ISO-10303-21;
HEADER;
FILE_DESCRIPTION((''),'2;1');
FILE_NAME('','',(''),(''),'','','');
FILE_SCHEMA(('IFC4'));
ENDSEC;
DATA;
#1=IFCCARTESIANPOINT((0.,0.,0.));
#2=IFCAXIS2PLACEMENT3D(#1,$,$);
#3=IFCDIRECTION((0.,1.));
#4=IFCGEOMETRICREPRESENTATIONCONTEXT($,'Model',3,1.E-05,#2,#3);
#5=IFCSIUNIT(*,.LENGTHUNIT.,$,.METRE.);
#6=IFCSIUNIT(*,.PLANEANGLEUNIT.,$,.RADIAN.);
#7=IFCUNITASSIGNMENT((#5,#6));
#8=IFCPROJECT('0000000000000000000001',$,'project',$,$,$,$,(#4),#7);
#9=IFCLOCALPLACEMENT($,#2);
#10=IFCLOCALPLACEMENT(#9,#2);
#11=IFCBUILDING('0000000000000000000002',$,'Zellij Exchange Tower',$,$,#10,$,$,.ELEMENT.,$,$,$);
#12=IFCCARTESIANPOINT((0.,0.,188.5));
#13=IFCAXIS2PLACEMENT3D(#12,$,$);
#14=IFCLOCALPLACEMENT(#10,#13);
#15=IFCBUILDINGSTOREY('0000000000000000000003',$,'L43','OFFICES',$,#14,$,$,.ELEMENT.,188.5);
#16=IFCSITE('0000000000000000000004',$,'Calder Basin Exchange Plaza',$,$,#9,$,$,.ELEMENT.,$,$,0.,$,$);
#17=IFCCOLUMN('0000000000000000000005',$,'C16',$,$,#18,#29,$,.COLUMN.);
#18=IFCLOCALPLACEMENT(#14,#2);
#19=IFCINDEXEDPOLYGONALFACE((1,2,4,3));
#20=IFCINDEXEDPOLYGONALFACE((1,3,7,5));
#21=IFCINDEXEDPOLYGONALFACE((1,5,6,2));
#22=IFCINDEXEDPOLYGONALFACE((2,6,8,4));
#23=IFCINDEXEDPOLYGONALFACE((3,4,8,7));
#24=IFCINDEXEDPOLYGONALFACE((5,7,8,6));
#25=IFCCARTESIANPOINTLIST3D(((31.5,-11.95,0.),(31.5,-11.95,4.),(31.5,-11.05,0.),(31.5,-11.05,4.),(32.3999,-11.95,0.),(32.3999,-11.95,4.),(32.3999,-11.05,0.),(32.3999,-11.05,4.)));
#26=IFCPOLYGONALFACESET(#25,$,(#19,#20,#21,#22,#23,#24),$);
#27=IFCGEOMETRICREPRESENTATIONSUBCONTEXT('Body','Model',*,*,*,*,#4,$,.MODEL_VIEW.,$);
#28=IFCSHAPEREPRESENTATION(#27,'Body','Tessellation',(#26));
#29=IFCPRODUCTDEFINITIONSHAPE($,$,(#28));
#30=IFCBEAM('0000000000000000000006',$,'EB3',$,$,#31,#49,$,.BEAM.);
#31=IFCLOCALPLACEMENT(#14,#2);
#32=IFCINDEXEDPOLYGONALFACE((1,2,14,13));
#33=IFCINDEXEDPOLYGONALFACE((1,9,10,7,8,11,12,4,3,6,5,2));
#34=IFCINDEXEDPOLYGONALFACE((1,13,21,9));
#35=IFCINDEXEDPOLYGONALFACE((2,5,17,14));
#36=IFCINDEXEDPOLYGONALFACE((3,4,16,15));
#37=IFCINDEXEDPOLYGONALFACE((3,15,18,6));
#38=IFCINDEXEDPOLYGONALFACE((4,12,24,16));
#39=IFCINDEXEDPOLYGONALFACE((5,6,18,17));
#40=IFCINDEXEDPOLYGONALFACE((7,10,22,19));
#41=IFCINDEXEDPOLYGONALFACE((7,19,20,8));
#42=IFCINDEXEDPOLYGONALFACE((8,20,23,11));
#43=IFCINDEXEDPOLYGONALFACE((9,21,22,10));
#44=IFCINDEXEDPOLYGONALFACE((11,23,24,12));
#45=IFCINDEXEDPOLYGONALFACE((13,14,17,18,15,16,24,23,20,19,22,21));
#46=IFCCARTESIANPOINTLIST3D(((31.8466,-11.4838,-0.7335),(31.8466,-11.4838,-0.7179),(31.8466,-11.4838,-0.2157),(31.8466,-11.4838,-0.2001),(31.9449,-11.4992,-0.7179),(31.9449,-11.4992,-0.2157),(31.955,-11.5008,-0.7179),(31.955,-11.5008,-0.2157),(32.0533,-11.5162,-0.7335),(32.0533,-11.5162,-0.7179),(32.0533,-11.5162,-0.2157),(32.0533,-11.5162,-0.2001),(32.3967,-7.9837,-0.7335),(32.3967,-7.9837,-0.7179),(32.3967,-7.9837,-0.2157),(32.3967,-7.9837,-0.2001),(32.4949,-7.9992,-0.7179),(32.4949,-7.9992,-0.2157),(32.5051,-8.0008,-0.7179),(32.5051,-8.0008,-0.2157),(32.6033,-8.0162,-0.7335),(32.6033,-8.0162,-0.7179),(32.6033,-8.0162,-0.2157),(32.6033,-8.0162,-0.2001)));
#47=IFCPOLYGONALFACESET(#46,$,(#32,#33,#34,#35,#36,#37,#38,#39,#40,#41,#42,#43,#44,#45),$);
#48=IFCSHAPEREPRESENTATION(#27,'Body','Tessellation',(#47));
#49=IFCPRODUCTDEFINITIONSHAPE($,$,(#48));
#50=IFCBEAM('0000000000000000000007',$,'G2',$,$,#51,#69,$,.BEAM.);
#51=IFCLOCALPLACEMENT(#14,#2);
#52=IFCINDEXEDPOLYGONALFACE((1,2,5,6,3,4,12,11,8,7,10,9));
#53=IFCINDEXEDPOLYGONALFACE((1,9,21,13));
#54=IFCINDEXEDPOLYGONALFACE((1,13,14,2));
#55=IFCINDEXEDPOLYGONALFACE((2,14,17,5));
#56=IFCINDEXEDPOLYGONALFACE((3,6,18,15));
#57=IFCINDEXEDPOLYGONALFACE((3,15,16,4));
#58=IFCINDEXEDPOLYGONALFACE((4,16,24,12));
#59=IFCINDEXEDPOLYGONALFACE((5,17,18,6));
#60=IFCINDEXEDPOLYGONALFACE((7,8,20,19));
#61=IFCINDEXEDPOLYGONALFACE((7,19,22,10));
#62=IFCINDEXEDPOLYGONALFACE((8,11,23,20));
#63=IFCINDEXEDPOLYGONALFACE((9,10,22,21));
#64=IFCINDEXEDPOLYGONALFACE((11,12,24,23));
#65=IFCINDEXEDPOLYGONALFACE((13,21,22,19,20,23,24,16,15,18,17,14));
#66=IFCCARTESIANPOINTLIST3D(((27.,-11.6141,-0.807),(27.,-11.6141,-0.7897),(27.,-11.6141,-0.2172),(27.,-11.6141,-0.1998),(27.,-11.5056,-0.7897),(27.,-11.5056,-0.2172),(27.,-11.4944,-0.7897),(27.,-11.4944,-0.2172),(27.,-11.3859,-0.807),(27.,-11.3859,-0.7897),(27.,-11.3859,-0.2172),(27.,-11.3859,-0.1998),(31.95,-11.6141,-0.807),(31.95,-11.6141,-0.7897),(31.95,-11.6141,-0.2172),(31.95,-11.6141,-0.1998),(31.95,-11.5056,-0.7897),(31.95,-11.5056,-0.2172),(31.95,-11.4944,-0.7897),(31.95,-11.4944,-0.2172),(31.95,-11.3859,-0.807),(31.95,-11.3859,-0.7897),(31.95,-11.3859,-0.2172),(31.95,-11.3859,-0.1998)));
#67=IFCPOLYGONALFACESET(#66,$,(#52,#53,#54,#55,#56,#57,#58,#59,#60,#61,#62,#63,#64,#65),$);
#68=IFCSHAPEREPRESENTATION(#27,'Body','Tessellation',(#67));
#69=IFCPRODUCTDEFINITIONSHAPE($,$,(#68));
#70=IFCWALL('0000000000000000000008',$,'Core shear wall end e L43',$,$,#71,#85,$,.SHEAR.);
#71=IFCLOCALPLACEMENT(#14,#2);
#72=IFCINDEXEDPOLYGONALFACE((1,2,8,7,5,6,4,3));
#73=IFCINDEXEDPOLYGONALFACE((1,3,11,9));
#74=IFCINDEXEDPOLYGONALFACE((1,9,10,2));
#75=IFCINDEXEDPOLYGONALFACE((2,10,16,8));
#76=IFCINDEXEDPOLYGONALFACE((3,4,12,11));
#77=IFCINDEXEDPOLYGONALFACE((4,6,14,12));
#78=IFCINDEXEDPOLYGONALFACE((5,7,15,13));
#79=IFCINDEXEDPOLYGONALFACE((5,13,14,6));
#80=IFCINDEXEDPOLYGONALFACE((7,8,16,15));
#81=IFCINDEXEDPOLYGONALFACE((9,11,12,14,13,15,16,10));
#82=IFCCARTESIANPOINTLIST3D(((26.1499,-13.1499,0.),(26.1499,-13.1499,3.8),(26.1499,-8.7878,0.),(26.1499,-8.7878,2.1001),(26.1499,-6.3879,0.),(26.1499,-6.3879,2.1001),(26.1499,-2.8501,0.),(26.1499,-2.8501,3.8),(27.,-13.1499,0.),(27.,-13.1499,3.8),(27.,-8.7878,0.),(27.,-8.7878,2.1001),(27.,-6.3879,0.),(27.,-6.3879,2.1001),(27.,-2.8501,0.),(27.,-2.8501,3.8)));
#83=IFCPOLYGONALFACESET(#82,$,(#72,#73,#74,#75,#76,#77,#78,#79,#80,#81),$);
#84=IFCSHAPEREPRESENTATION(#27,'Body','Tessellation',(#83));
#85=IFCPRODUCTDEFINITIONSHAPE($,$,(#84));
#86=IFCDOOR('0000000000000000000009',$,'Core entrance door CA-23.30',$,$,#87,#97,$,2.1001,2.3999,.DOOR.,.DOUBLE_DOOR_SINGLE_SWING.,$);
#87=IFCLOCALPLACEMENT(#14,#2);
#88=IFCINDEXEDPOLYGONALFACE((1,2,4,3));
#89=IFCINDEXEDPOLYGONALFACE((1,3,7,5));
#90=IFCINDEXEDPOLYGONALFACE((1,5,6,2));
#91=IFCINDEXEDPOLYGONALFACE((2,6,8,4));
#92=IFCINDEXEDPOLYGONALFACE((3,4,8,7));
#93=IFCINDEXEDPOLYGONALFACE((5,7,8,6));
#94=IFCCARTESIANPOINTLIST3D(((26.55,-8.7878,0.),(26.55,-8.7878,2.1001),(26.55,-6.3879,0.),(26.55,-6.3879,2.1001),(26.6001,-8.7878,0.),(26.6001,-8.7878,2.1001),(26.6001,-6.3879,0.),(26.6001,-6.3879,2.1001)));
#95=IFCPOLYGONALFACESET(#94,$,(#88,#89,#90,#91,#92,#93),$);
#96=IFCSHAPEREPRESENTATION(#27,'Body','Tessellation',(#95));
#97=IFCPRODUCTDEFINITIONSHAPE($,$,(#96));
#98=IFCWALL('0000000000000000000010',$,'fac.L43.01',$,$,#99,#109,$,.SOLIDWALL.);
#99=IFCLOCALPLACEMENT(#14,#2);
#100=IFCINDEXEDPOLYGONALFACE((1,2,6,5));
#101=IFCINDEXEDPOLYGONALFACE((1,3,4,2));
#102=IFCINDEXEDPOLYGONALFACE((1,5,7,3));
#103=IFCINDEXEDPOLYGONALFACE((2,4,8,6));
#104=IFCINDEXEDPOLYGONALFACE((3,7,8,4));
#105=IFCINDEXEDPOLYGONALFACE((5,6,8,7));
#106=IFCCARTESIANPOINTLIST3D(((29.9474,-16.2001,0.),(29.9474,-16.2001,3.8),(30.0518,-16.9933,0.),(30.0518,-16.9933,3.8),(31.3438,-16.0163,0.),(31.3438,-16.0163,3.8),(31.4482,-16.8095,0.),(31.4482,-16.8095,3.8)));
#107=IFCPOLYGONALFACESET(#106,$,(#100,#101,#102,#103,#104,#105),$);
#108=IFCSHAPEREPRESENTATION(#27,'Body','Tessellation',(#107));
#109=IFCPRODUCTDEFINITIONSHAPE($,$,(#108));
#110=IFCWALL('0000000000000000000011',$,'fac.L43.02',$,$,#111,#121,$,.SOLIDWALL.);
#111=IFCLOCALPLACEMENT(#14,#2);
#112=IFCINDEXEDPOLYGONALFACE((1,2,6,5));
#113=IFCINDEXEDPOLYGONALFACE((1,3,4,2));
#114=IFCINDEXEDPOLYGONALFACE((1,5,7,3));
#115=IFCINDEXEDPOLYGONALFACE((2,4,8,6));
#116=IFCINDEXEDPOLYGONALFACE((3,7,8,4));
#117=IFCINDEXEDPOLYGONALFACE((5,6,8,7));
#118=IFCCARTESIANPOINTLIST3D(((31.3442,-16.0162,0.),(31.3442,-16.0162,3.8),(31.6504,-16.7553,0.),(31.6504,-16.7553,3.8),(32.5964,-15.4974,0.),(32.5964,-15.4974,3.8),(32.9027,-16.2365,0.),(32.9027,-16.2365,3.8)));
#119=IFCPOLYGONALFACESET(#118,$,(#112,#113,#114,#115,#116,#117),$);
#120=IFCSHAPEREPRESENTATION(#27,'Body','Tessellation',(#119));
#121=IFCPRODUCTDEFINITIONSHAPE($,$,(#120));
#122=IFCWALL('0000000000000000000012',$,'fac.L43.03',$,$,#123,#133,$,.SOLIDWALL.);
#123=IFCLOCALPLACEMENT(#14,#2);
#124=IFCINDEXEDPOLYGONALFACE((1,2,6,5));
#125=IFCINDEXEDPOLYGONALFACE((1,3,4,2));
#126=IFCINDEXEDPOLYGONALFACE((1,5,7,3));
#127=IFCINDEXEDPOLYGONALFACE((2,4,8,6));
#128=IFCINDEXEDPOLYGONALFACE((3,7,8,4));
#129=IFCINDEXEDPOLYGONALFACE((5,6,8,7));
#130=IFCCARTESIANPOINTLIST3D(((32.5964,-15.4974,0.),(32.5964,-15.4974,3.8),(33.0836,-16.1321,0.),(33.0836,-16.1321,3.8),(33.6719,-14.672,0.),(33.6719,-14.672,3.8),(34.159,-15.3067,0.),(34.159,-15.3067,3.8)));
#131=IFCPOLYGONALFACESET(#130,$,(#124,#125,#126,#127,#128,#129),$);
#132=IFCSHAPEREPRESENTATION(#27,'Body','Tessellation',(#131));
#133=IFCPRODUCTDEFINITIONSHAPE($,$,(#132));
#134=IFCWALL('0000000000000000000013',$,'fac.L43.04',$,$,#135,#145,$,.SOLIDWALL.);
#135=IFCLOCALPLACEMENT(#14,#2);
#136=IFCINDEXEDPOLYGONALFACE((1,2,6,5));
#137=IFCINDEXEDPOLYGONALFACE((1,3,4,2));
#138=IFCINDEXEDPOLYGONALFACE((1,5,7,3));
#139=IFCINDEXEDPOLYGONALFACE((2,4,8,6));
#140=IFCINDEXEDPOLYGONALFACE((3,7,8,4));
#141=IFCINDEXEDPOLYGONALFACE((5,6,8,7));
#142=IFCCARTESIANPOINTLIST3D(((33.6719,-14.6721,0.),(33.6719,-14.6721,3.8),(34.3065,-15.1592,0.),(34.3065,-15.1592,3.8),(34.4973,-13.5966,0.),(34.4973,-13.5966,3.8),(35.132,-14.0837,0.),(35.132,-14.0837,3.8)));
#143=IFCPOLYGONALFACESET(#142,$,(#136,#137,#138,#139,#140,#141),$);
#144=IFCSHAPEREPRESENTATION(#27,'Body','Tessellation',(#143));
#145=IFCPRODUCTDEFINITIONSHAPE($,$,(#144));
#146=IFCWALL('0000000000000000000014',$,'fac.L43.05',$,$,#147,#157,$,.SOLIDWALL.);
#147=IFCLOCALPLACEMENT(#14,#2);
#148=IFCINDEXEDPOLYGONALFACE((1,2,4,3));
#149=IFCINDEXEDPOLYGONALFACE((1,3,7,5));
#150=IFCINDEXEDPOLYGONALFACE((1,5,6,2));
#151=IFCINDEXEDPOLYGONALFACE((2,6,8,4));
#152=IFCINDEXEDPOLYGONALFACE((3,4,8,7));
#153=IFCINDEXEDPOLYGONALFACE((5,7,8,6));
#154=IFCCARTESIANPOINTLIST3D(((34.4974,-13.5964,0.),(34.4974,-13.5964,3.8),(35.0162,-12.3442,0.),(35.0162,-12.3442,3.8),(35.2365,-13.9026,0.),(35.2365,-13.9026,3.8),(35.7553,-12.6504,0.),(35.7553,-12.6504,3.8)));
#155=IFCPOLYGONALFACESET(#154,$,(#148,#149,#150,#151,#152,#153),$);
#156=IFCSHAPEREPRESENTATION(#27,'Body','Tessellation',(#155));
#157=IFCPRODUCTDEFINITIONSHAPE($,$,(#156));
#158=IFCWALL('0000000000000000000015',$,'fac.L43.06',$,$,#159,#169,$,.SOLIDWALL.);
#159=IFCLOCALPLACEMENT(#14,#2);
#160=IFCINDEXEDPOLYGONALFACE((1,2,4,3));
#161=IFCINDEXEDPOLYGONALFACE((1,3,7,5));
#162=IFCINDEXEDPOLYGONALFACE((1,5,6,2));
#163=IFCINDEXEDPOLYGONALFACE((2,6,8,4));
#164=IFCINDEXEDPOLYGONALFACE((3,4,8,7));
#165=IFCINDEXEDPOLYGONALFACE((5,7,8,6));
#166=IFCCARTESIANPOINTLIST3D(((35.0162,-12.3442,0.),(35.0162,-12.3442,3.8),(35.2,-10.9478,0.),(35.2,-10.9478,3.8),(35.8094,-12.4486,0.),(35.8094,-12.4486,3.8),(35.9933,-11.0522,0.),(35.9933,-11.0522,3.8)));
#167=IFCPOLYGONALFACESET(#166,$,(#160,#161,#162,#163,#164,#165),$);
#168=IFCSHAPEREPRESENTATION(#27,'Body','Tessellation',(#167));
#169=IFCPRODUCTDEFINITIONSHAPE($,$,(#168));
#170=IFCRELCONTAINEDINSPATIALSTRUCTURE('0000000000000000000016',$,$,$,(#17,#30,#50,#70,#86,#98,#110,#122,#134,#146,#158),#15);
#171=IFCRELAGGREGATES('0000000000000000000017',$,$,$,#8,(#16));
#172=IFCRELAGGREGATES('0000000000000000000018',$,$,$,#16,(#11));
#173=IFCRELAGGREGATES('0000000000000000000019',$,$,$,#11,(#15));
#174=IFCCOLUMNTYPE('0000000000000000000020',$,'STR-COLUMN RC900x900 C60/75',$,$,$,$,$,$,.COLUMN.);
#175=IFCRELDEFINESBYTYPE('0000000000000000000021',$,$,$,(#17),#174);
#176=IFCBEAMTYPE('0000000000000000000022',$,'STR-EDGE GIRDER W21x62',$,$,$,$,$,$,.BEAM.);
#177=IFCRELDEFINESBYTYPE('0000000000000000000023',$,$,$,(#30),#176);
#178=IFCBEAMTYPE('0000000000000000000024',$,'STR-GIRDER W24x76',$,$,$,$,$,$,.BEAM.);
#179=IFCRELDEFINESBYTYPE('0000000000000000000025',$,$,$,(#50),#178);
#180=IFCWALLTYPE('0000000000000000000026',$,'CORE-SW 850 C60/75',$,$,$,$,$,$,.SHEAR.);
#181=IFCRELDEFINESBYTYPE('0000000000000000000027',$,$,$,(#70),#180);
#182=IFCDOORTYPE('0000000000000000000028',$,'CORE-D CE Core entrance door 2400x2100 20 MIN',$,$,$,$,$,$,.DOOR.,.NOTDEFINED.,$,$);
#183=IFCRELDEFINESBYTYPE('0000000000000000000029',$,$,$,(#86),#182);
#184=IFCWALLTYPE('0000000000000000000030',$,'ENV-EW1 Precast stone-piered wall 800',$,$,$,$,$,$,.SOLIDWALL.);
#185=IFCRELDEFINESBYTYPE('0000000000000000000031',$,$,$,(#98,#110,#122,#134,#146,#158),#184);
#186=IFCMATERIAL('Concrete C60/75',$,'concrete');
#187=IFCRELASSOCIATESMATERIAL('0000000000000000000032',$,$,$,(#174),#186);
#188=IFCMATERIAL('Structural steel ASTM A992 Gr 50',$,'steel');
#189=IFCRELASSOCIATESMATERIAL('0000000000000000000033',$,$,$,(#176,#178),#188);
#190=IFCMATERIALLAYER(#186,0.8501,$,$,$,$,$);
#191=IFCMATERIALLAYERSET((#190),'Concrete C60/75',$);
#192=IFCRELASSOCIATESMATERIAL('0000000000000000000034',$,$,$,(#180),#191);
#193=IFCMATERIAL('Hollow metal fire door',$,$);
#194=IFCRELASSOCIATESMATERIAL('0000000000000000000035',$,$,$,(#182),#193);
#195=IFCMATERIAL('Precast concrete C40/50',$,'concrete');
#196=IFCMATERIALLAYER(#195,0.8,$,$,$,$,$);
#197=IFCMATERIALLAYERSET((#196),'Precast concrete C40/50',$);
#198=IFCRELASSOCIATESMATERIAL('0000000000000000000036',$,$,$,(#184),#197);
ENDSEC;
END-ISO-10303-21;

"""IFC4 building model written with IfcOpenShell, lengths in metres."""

from ifc_helpers import new_model, si_unit, direction, frame, frame_2d, origin, origin_2d, place, context, subcontext, project, spatial, rectangle, i_section, extrude, material, layer, layer_set, material_profile, profile_set, type_object, element, fill, save


model = new_model("IFC4")

# Units and contexts
model_context = context("Model", 3, precision=1e-05, world=origin(), true_north=direction((0.0, 1.0)))
body_context = subcontext(model_context, "Body", "Model", "MODEL_VIEW")
ifc_project = project(units=[si_unit("LENGTHUNIT", "METRE"), si_unit("PLANEANGLEUNIT", "RADIAN")], contexts=[model_context])

# Site, building, storey
site_placement = place(None, origin())
site = spatial("IfcSite", under=ifc_project, at=site_placement, Name="Calder Basin Exchange Plaza", CompositionType="ELEMENT", RefElevation=0.0)
building_placement = place(site_placement, origin())
building = spatial("IfcBuilding", under=site, at=building_placement, Name="Zellij Exchange Tower", CompositionType="ELEMENT")
storey_placement = place(building_placement, frame((0.0, 0.0, 188.5)))
storey = spatial("IfcBuildingStorey", under=building, at=storey_placement, Name="L43", Description="OFFICES", CompositionType="ELEMENT", Elevation=188.5)

# Column
ifc_material_1 = material(Name="Concrete C60/75", Category="concrete")
ifc_material_profile_1 = material_profile(ifc_material_1, rectangle(XDim=0.8999, YDim=0.8999, at=origin_2d()), Name="STR-COLUMN RC900x900 C60/75")
ifc_profile_set_1 = profile_set([ifc_material_profile_1], Name="Concrete C60/75")
column_type = type_object("IfcColumnType", Name="STR-COLUMN RC900x900 C60/75", PredefinedType="COLUMN", material=ifc_profile_set_1)
column_placement = place(storey_placement, frame((31.95, -11.5, 0.0), z_axis=(0.0, 0.0, 1.0), x_axis=(1.0, 0.0, 0.0)))
element("IfcColumn", 1, at=column_placement, inside=storey, type_object=column_type, Name="C16", PredefinedType="COLUMN", context=body_context, shape_type="SweptSolid", body=[
    extrude(rectangle(XDim=0.8999, YDim=0.8999, at=origin_2d()), origin(), (0.0, 0.0, 1.0), 4.0),
])

# Beams
ifc_material_2 = material(Name="Structural steel ASTM A992 Gr 50", Category="steel")
ifc_material_profile_2 = material_profile(ifc_material_2, i_section(OverallWidth=0.2092, OverallDepth=0.5334, WebThickness=0.0103, FlangeThickness=0.0156, at=origin_2d()), Name="W21x62")
ifc_profile_set_2 = profile_set([ifc_material_profile_2], Name="Structural steel ASTM A992 Gr 50")
beam_type_1 = type_object("IfcBeamType", Name="STR-EDGE GIRDER W21x62", PredefinedType="BEAM", material=ifc_profile_set_2)
beam_1_placement = place(storey_placement, frame((31.95, -11.5, -0.4668), z_axis=(0.155251, 0.987875, 0.0), x_axis=(-0.987875, 0.155251, 0.0)))
element("IfcBeam", 2, at=beam_1_placement, inside=storey, type_object=beam_type_1, Name="EB3", PredefinedType="BEAM", context=body_context, shape_type="SweptSolid", body=[
    extrude(i_section(OverallWidth=0.2092, OverallDepth=0.5334, WebThickness=0.0103, FlangeThickness=0.0156, at=origin_2d()), origin(), (0.0, 0.0, 1.0), 3.543),
])
ifc_material_profile_3 = material_profile(ifc_material_2, i_section(OverallWidth=0.2283, OverallDepth=0.6072, WebThickness=0.0112, FlangeThickness=0.0173, at=origin_2d()), Name="W24x76")
ifc_profile_set_3 = profile_set([ifc_material_profile_3], Name="Structural steel ASTM A992 Gr 50")
beam_type_2 = type_object("IfcBeamType", Name="STR-GIRDER W24x76", PredefinedType="BEAM", material=ifc_profile_set_3)
beam_2_placement = place(storey_placement, frame((27.0, -11.5, -0.5034), z_axis=(1.0, 0.0, 0.0), x_axis=(0.0, 1.0, 0.0)))
element("IfcBeam", 3, at=beam_2_placement, inside=storey, type_object=beam_type_2, Name="G2", PredefinedType="BEAM", context=body_context, shape_type="SweptSolid", body=[
    extrude(i_section(OverallWidth=0.2283, OverallDepth=0.6072, WebThickness=0.0112, FlangeThickness=0.0173, at=origin_2d()), origin(), (0.0, 0.0, 1.0), 4.95),
])

# Wall, opening, door
ifc_layer_1 = layer(ifc_material_1, 0.8501)
ifc_layer_set_1 = layer_set([ifc_layer_1], Name="Concrete C60/75")
wall_type_1 = type_object("IfcWallType", Name="CORE-SW 850 C60/75", PredefinedType="SHEAR", material=ifc_layer_set_1)
wall_1_placement = place(storey_placement, frame((26.575, -13.1499, 0.0), z_axis=(0.0, 0.0, 1.0), x_axis=(0.0, 1.0, 0.0)))
wall_1 = element("IfcWall", 4, at=wall_1_placement, inside=storey, type_object=wall_type_1, Name="Core shear wall end e L43", PredefinedType="SHEAR", context=body_context, shape_type="SweptSolid", body=[
    extrude(rectangle(XDim=10.2998, YDim=0.8501, at=frame_2d((5.1499, 0.0))), origin(), (0.0, 0.0, 1.0), 3.8),
])
opening_1_placement = place(wall_1_placement, frame((4.3621, 0.0, 0.0)))
opening_1 = element("IfcOpeningElement", 5, at=opening_1_placement, cuts=wall_1, PredefinedType="OPENING", context=body_context, shape_type="SweptSolid", body=[
    extrude(rectangle(XDim=2.3999, YDim=2.1001, at=frame_2d((1.2, 1.05))), frame((0.0, 0.437, 0.0), z_axis=(0.0, -1.0, 0.0), x_axis=(1.0, 0.0, 0.0)), (0.0, 0.0, 1.0), 0.874),
])
ifc_material_3 = material(Name="Hollow metal fire door")
door_type_1 = type_object("IfcDoorType", Name="CORE-D CE Core entrance door 2400x2100 20 MIN", OperationType="NOTDEFINED", PredefinedType="DOOR", material=ifc_material_3)
door_1_placement = place(opening_1_placement, origin())
door_1 = element("IfcDoor", 6, at=door_1_placement, inside=storey, type_object=door_type_1, Name="Core entrance door CA-23.30", OperationType="DOUBLE_DOOR_SINGLE_SWING", OverallHeight=2.1001, OverallWidth=2.3999, PredefinedType="DOOR", context=body_context, shape_type="SweptSolid", body=[
    extrude(rectangle(XDim=2.3999, YDim=2.1001, at=frame_2d((1.2, 1.05))), frame((0.0, 0.0249, 0.0), z_axis=(0.0, -1.0, 0.0), x_axis=(1.0, 0.0, 0.0)), (0.0, 0.0, 1.0), 0.05),
])
fill(opening_1, door_1)

# Walls
ifc_material_4 = material(Name="Precast concrete C40/50", Category="concrete")
ifc_layer_2 = layer(ifc_material_4, 0.8)
ifc_layer_set_2 = layer_set([ifc_layer_2], Name="Precast concrete C40/50")
wall_type_2 = type_object("IfcWallType", Name="ENV-EW1 Precast stone-piered wall 800", PredefinedType="SOLIDWALL", material=ifc_layer_set_2)
wall_2_placement = place(storey_placement, frame((29.9998, -16.5967, 0.0), z_axis=(0.0, 0.0, 1.0), x_axis=(0.991446, 0.130517, 0.0)))
element("IfcWall", 7, at=wall_2_placement, inside=storey, type_object=wall_type_2, Name="fac.L43.01", PredefinedType="SOLIDWALL", context=body_context, shape_type="SweptSolid", body=[
    extrude(rectangle(XDim=1.4084, YDim=0.8, at=frame_2d((0.7041, 0.0))), origin(), (0.0, 0.0, 1.0), 3.8),
])
wall_3_placement = place(storey_placement, frame((31.4973, -16.3857, 0.0), z_axis=(0.0, 0.0, 1.0), x_axis=(0.923848, 0.38276, 0.0)))
element("IfcWall", 8, at=wall_3_placement, inside=storey, type_object=wall_type_2, Name="fac.L43.02", PredefinedType="SOLIDWALL", context=body_context, shape_type="SweptSolid", body=[
    extrude(rectangle(XDim=1.3555, YDim=0.8, at=frame_2d((0.6777, 0.0))), origin(), (0.0, 0.0, 1.0), 3.8),
])
for number, where, z_axis, x_axis, name in (
    (9, (32.8401, -15.8147, 0.0), (0.0, 0.0, 1.0), (0.793273, 0.608866, 0.0), "fac.L43.03"),
    (10, (33.9893, -14.9155, 0.0), (0.0, 0.0, 1.0), (0.608866, 0.793273, 0.0), "fac.L43.04"),
):
    element("IfcWall", number, at=place(storey_placement, frame(where, z_axis=z_axis, x_axis=x_axis)), inside=storey, type_object=wall_type_2, Name=name, PredefinedType="SOLIDWALL", context=body_context, shape_type="SweptSolid", body=[
        extrude(rectangle(XDim=1.3557, YDim=0.8, at=frame_2d((0.6777, 0.0))), origin(), (0.0, 0.0, 1.0), 3.8),
    ])
wall_4_placement = place(storey_placement, frame((34.8669, -13.7495, 0.0), z_axis=(0.0, 0.0, 1.0), x_axis=(0.38276, 0.923848, 0.0)))
element("IfcWall", 11, at=wall_4_placement, inside=storey, type_object=wall_type_2, Name="fac.L43.05", PredefinedType="SOLIDWALL", context=body_context, shape_type="SweptSolid", body=[
    extrude(rectangle(XDim=1.3555, YDim=0.8, at=frame_2d((0.6777, 0.0))), origin(), (0.0, 0.0, 1.0), 3.8),
])
wall_5_placement = place(storey_placement, frame((35.4128, -12.3962, 0.0), z_axis=(0.0, 0.0, 1.0), x_axis=(0.130517, 0.991446, 0.0)))
element("IfcWall", 12, at=wall_5_placement, inside=storey, type_object=wall_type_2, Name="fac.L43.06", PredefinedType="SOLIDWALL", context=body_context, shape_type="SweptSolid", body=[
    extrude(rectangle(XDim=1.4084, YDim=0.8, at=frame_2d((0.7041, 0.0))), origin(), (0.0, 0.0, 1.0), 3.8),
])

save(model, "model.ifc")
